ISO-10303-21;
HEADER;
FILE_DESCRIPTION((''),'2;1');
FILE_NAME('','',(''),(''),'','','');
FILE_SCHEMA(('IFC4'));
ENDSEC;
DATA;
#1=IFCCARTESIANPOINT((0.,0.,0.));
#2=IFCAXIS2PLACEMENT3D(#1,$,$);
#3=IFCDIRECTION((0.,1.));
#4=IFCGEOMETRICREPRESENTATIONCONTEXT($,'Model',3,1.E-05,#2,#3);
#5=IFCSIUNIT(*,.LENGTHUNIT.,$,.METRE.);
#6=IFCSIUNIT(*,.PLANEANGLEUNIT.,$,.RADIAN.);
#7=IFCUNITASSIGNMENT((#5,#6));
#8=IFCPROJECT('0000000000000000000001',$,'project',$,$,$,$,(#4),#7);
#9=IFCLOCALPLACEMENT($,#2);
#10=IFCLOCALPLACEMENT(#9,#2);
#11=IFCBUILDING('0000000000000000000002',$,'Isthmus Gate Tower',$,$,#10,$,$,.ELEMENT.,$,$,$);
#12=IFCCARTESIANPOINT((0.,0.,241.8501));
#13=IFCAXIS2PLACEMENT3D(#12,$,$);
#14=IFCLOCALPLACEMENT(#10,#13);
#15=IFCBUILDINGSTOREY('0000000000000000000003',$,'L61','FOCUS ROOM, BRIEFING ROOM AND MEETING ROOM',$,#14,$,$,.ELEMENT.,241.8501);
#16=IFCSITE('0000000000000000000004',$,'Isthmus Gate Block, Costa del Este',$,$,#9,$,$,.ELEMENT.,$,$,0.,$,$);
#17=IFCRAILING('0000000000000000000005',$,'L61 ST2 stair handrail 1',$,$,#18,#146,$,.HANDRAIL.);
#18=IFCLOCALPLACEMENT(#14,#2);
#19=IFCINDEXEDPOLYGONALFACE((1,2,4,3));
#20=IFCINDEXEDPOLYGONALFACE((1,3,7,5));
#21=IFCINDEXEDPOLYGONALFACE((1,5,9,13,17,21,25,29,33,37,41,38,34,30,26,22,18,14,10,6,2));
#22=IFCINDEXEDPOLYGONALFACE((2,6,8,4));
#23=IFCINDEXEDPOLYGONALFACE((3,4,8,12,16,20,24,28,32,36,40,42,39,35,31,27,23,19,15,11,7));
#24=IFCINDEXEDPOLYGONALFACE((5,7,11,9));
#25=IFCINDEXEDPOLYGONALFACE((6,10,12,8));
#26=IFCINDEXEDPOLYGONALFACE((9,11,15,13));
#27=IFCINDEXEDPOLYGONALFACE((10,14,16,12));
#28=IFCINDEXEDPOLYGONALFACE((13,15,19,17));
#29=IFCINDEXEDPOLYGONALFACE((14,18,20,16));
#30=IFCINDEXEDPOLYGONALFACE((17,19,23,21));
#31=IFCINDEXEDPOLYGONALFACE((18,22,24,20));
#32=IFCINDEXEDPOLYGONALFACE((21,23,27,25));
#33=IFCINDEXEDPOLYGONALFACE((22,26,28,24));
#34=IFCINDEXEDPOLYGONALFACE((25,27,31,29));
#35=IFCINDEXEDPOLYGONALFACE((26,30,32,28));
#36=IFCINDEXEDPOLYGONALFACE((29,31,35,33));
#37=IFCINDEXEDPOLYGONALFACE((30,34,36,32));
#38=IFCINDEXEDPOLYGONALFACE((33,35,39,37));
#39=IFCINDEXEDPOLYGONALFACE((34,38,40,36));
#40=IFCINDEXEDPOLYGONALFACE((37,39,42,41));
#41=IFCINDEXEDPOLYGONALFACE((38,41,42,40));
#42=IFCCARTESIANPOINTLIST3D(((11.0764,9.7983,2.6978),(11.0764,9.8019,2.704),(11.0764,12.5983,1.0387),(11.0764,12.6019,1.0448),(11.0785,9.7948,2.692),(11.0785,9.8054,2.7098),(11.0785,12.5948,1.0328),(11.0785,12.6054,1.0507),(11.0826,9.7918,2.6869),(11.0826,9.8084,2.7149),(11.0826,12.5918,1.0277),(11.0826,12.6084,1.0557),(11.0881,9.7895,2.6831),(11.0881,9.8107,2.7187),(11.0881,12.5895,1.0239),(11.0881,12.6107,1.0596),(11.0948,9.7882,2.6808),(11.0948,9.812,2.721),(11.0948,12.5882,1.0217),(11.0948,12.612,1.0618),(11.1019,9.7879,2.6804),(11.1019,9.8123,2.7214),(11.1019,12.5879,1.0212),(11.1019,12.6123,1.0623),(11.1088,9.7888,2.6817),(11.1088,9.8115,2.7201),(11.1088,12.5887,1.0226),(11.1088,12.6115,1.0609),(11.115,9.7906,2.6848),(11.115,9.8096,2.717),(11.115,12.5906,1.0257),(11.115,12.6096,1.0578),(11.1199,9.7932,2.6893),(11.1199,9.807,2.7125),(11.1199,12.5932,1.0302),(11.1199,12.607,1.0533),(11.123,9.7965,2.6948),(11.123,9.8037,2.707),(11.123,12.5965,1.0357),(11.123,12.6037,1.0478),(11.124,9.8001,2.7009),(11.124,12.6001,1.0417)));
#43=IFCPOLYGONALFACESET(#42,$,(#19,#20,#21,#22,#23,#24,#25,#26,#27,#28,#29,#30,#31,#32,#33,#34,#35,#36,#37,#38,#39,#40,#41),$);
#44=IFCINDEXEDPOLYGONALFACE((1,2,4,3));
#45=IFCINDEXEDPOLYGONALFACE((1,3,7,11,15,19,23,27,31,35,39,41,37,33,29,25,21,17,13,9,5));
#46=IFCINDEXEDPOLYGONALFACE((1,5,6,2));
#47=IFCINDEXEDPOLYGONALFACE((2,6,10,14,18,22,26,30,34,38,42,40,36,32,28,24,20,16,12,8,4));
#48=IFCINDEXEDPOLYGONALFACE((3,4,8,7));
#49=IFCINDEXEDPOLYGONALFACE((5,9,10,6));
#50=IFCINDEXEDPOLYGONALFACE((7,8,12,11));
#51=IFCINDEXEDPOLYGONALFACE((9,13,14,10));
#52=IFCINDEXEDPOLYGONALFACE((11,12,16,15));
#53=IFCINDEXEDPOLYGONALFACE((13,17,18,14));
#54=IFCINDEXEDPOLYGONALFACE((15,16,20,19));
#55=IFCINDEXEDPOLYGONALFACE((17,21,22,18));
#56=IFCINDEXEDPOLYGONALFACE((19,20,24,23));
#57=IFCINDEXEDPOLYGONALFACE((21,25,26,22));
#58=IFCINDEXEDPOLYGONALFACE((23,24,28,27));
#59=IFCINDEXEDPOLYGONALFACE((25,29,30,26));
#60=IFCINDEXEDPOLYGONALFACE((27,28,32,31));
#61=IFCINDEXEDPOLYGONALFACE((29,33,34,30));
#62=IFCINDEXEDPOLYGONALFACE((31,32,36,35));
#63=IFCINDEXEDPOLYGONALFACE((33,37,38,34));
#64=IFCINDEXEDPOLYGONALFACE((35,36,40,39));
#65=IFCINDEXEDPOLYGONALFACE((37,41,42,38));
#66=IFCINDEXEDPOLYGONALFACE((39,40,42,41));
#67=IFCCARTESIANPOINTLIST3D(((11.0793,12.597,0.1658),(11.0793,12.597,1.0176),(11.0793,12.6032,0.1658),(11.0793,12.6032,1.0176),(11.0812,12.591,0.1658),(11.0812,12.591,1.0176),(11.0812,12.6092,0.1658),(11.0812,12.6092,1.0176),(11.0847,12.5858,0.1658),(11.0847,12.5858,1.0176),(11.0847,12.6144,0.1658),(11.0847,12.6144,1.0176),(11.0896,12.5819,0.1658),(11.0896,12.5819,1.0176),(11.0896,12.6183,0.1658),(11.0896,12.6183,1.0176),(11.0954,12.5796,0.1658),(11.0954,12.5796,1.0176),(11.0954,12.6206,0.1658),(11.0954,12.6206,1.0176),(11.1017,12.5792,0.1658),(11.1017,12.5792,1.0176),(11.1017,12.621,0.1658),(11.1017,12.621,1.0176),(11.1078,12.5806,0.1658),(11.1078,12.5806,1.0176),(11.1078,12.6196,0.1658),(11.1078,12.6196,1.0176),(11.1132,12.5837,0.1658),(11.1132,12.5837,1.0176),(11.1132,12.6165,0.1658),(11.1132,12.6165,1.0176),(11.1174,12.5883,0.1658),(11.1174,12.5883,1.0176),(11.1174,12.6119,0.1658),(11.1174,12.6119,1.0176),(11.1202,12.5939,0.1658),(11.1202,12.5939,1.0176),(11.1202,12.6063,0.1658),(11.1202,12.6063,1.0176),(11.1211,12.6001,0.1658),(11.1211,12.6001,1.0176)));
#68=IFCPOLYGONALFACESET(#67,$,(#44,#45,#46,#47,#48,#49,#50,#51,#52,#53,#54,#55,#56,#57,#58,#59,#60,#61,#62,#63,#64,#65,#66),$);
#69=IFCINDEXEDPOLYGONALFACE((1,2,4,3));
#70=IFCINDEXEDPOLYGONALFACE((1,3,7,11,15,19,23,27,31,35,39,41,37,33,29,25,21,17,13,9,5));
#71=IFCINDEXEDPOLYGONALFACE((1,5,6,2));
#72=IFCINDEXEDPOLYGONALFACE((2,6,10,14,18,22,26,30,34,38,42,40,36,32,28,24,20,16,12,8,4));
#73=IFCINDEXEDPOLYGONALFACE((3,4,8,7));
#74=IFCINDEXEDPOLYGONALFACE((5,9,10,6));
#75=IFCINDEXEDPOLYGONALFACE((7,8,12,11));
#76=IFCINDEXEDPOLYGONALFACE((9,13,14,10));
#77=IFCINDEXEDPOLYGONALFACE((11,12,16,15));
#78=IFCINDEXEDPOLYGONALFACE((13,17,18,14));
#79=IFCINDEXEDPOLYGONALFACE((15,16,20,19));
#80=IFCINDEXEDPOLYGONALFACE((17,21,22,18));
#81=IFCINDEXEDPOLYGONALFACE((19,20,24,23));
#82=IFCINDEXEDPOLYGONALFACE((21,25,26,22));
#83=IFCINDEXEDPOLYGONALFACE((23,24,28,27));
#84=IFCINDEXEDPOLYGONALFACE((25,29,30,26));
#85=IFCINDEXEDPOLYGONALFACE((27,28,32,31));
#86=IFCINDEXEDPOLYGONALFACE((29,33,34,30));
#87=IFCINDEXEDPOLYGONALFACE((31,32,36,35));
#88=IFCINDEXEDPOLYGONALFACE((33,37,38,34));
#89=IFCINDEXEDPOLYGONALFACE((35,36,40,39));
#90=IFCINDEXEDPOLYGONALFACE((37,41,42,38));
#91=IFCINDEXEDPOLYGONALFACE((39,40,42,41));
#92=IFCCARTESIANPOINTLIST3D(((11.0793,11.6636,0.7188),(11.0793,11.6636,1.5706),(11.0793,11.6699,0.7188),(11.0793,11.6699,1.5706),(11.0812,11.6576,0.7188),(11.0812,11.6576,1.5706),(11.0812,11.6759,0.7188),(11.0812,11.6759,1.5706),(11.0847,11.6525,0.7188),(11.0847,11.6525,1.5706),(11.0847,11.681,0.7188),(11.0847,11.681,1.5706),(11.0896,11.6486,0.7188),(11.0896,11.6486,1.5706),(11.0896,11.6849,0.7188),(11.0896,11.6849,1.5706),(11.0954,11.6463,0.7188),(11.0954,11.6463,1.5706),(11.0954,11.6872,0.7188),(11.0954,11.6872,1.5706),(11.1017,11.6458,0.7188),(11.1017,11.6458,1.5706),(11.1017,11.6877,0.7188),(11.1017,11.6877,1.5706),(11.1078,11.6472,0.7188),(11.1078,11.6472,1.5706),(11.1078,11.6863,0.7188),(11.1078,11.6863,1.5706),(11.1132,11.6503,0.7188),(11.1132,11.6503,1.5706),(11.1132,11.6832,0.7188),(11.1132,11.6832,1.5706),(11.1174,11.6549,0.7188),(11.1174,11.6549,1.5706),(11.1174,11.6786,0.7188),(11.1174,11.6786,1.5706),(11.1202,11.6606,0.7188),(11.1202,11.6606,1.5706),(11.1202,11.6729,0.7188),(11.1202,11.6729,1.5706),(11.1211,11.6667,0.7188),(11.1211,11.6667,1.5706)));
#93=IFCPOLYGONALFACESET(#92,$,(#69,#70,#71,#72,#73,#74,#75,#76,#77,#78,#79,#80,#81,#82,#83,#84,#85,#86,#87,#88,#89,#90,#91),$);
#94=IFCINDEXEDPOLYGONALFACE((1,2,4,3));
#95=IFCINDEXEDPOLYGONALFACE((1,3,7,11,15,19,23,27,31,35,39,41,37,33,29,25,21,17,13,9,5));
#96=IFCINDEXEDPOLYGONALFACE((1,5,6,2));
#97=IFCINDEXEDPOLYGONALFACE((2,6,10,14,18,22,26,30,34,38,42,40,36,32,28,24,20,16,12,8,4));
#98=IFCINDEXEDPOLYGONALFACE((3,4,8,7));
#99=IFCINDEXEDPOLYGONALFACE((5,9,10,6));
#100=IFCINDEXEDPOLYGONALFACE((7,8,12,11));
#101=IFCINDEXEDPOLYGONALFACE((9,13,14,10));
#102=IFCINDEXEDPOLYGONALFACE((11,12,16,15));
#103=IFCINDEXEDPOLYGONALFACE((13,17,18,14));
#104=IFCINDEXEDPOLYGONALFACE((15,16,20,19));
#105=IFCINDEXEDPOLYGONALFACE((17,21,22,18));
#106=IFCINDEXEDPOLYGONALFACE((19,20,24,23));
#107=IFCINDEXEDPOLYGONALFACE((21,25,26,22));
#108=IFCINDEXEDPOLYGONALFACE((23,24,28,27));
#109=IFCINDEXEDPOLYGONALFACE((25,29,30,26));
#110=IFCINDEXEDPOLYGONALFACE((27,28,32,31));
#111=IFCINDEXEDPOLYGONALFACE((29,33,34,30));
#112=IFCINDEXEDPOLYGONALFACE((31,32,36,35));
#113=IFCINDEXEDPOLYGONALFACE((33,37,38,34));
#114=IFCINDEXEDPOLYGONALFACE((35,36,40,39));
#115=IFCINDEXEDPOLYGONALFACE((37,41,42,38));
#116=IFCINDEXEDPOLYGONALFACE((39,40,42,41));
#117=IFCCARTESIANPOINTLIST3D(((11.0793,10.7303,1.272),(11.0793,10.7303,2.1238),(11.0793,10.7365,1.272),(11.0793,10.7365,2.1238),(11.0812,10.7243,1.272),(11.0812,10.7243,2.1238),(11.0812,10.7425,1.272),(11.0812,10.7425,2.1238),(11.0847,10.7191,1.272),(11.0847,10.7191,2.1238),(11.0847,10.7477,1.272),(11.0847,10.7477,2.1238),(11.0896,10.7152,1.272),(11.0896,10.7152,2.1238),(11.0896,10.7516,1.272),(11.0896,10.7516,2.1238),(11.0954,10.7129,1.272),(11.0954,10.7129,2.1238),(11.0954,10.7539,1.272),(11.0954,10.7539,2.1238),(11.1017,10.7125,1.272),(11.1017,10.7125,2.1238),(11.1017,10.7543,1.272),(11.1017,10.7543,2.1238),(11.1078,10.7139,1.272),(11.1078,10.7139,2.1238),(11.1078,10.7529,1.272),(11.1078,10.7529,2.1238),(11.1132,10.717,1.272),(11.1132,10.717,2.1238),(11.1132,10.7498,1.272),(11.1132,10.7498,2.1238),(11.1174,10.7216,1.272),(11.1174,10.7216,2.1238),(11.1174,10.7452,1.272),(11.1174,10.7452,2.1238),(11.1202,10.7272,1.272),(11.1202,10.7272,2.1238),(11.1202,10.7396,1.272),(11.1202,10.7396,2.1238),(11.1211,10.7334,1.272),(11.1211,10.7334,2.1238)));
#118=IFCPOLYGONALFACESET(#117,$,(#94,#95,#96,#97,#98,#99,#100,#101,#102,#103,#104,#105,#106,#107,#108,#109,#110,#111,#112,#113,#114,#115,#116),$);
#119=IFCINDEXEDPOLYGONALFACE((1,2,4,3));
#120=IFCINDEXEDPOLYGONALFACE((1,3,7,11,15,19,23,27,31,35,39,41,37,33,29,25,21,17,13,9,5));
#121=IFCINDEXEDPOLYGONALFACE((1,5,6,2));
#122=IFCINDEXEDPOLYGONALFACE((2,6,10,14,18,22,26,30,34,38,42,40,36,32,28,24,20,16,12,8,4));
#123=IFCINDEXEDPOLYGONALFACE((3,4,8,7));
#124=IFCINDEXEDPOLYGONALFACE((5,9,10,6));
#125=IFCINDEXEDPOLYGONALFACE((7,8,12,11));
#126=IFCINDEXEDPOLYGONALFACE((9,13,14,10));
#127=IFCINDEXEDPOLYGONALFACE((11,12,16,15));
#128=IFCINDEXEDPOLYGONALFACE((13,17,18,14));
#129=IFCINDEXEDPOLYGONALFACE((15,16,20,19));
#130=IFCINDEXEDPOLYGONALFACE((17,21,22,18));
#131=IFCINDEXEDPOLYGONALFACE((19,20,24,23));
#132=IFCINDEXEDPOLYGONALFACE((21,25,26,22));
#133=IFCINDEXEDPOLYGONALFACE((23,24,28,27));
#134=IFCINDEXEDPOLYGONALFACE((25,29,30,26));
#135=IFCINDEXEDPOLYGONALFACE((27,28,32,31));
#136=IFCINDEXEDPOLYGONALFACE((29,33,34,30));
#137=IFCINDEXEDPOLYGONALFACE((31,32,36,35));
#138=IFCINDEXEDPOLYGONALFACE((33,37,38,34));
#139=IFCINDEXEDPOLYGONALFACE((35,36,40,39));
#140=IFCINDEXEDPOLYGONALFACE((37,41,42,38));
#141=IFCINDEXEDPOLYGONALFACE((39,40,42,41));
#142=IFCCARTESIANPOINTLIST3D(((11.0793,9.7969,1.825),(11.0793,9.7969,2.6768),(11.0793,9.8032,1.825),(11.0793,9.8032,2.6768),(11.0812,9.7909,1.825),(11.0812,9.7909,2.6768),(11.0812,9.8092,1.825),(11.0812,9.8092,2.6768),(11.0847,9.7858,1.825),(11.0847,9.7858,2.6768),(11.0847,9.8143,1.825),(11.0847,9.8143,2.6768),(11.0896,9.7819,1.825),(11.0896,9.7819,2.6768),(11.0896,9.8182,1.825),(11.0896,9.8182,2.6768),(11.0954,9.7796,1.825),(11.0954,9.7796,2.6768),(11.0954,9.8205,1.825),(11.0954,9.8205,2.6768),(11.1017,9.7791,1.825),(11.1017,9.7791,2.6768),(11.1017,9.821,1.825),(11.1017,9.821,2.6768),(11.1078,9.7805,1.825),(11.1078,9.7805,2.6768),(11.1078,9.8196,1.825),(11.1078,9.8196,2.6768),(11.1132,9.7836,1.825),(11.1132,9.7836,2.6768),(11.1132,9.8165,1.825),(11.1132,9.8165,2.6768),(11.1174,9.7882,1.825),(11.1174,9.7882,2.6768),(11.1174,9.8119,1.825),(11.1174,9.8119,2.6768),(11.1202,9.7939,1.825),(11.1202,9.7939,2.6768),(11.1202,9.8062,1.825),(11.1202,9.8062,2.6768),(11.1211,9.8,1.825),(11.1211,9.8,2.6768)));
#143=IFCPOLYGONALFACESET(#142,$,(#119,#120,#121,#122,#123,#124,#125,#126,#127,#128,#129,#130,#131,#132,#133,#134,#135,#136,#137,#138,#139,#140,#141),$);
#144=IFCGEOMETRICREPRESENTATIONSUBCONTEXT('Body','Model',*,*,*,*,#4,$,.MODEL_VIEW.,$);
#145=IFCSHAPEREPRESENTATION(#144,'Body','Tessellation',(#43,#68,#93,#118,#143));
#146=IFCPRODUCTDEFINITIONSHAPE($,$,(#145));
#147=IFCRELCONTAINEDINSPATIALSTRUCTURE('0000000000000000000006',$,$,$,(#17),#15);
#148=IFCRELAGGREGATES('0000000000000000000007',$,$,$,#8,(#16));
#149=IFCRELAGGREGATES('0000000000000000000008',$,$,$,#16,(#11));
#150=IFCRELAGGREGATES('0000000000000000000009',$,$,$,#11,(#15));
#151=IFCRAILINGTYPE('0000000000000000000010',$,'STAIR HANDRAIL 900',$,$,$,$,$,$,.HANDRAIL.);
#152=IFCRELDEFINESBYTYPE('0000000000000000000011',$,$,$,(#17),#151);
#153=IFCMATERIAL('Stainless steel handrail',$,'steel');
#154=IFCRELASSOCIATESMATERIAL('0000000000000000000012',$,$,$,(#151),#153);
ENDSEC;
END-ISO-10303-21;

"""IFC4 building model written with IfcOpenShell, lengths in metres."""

from ifc_helpers import new_model, si_unit, direction, frame, origin, origin_2d, place, context, subcontext, project, spatial, circle, extrude, material, type_object, element, save


model = new_model("IFC4")

# Units and contexts
model_context = context("Model", 3, precision=1e-05, world=origin(), true_north=direction((0.0, 1.0)))
body_context = subcontext(model_context, "Body", "Model", "MODEL_VIEW")
ifc_project = project(units=[si_unit("LENGTHUNIT", "METRE"), si_unit("PLANEANGLEUNIT", "RADIAN")], contexts=[model_context])

# Site, building, storey
site_placement = place(None, origin())
site = spatial("IfcSite", under=ifc_project, at=site_placement, Name="Isthmus Gate Block, Costa del Este", CompositionType="ELEMENT", RefElevation=0.0)
building_placement = place(site_placement, origin())
building = spatial("IfcBuilding", under=site, at=building_placement, Name="Isthmus Gate Tower", CompositionType="ELEMENT")
storey_placement = place(building_placement, frame((0.0, 0.0, 241.8501)))
storey = spatial("IfcBuildingStorey", under=building, at=storey_placement, Name="L61", Description="FOCUS ROOM, BRIEFING ROOM AND MEETING ROOM", CompositionType="ELEMENT", Elevation=241.8501)

# Railing
ifc_material_1 = material(Name="Stainless steel handrail", Category="steel")
railing_type_1 = type_object("IfcRailingType", Name="STAIR HANDRAIL 900", PredefinedType="HANDRAIL", material=ifc_material_1)
for number, where, name in (
    (1, (11.1001, 12.6001, 0.1658), "L61 ST2 stair handrail 1"),
):
    element("IfcRailing", number, at=place(storey_placement, frame(where)), inside=storey, type_object=railing_type_1, Name=name, PredefinedType="HANDRAIL", context=body_context, shape_type="SweptSolid", body=[
        extrude(circle(Radius=0.0239, at=origin_2d()), frame((0.0, 0.0, 0.876), z_axis=(0.0, -0.860306, 0.509778), x_axis=(1.0, 0.0, 0.0)), (0.0, 0.0, 1.0), 3.2546),
        extrude(circle(Radius=0.021, at=origin_2d()), origin(), (0.0, 0.0, 1.0), 0.8518),
        extrude(circle(Radius=0.021, at=origin_2d()), frame((0.0, -0.9333, 0.553)), (0.0, 0.0, 1.0), 0.8518),
        extrude(circle(Radius=0.021, at=origin_2d()), frame((0.0, -1.8667, 1.1062)), (0.0, 0.0, 1.0), 0.8518),
        extrude(circle(Radius=0.021, at=origin_2d()), frame((0.0, -2.8, 1.6592)), (0.0, 0.0, 1.0), 0.8518),
    ])

save(model, "model.ifc")
